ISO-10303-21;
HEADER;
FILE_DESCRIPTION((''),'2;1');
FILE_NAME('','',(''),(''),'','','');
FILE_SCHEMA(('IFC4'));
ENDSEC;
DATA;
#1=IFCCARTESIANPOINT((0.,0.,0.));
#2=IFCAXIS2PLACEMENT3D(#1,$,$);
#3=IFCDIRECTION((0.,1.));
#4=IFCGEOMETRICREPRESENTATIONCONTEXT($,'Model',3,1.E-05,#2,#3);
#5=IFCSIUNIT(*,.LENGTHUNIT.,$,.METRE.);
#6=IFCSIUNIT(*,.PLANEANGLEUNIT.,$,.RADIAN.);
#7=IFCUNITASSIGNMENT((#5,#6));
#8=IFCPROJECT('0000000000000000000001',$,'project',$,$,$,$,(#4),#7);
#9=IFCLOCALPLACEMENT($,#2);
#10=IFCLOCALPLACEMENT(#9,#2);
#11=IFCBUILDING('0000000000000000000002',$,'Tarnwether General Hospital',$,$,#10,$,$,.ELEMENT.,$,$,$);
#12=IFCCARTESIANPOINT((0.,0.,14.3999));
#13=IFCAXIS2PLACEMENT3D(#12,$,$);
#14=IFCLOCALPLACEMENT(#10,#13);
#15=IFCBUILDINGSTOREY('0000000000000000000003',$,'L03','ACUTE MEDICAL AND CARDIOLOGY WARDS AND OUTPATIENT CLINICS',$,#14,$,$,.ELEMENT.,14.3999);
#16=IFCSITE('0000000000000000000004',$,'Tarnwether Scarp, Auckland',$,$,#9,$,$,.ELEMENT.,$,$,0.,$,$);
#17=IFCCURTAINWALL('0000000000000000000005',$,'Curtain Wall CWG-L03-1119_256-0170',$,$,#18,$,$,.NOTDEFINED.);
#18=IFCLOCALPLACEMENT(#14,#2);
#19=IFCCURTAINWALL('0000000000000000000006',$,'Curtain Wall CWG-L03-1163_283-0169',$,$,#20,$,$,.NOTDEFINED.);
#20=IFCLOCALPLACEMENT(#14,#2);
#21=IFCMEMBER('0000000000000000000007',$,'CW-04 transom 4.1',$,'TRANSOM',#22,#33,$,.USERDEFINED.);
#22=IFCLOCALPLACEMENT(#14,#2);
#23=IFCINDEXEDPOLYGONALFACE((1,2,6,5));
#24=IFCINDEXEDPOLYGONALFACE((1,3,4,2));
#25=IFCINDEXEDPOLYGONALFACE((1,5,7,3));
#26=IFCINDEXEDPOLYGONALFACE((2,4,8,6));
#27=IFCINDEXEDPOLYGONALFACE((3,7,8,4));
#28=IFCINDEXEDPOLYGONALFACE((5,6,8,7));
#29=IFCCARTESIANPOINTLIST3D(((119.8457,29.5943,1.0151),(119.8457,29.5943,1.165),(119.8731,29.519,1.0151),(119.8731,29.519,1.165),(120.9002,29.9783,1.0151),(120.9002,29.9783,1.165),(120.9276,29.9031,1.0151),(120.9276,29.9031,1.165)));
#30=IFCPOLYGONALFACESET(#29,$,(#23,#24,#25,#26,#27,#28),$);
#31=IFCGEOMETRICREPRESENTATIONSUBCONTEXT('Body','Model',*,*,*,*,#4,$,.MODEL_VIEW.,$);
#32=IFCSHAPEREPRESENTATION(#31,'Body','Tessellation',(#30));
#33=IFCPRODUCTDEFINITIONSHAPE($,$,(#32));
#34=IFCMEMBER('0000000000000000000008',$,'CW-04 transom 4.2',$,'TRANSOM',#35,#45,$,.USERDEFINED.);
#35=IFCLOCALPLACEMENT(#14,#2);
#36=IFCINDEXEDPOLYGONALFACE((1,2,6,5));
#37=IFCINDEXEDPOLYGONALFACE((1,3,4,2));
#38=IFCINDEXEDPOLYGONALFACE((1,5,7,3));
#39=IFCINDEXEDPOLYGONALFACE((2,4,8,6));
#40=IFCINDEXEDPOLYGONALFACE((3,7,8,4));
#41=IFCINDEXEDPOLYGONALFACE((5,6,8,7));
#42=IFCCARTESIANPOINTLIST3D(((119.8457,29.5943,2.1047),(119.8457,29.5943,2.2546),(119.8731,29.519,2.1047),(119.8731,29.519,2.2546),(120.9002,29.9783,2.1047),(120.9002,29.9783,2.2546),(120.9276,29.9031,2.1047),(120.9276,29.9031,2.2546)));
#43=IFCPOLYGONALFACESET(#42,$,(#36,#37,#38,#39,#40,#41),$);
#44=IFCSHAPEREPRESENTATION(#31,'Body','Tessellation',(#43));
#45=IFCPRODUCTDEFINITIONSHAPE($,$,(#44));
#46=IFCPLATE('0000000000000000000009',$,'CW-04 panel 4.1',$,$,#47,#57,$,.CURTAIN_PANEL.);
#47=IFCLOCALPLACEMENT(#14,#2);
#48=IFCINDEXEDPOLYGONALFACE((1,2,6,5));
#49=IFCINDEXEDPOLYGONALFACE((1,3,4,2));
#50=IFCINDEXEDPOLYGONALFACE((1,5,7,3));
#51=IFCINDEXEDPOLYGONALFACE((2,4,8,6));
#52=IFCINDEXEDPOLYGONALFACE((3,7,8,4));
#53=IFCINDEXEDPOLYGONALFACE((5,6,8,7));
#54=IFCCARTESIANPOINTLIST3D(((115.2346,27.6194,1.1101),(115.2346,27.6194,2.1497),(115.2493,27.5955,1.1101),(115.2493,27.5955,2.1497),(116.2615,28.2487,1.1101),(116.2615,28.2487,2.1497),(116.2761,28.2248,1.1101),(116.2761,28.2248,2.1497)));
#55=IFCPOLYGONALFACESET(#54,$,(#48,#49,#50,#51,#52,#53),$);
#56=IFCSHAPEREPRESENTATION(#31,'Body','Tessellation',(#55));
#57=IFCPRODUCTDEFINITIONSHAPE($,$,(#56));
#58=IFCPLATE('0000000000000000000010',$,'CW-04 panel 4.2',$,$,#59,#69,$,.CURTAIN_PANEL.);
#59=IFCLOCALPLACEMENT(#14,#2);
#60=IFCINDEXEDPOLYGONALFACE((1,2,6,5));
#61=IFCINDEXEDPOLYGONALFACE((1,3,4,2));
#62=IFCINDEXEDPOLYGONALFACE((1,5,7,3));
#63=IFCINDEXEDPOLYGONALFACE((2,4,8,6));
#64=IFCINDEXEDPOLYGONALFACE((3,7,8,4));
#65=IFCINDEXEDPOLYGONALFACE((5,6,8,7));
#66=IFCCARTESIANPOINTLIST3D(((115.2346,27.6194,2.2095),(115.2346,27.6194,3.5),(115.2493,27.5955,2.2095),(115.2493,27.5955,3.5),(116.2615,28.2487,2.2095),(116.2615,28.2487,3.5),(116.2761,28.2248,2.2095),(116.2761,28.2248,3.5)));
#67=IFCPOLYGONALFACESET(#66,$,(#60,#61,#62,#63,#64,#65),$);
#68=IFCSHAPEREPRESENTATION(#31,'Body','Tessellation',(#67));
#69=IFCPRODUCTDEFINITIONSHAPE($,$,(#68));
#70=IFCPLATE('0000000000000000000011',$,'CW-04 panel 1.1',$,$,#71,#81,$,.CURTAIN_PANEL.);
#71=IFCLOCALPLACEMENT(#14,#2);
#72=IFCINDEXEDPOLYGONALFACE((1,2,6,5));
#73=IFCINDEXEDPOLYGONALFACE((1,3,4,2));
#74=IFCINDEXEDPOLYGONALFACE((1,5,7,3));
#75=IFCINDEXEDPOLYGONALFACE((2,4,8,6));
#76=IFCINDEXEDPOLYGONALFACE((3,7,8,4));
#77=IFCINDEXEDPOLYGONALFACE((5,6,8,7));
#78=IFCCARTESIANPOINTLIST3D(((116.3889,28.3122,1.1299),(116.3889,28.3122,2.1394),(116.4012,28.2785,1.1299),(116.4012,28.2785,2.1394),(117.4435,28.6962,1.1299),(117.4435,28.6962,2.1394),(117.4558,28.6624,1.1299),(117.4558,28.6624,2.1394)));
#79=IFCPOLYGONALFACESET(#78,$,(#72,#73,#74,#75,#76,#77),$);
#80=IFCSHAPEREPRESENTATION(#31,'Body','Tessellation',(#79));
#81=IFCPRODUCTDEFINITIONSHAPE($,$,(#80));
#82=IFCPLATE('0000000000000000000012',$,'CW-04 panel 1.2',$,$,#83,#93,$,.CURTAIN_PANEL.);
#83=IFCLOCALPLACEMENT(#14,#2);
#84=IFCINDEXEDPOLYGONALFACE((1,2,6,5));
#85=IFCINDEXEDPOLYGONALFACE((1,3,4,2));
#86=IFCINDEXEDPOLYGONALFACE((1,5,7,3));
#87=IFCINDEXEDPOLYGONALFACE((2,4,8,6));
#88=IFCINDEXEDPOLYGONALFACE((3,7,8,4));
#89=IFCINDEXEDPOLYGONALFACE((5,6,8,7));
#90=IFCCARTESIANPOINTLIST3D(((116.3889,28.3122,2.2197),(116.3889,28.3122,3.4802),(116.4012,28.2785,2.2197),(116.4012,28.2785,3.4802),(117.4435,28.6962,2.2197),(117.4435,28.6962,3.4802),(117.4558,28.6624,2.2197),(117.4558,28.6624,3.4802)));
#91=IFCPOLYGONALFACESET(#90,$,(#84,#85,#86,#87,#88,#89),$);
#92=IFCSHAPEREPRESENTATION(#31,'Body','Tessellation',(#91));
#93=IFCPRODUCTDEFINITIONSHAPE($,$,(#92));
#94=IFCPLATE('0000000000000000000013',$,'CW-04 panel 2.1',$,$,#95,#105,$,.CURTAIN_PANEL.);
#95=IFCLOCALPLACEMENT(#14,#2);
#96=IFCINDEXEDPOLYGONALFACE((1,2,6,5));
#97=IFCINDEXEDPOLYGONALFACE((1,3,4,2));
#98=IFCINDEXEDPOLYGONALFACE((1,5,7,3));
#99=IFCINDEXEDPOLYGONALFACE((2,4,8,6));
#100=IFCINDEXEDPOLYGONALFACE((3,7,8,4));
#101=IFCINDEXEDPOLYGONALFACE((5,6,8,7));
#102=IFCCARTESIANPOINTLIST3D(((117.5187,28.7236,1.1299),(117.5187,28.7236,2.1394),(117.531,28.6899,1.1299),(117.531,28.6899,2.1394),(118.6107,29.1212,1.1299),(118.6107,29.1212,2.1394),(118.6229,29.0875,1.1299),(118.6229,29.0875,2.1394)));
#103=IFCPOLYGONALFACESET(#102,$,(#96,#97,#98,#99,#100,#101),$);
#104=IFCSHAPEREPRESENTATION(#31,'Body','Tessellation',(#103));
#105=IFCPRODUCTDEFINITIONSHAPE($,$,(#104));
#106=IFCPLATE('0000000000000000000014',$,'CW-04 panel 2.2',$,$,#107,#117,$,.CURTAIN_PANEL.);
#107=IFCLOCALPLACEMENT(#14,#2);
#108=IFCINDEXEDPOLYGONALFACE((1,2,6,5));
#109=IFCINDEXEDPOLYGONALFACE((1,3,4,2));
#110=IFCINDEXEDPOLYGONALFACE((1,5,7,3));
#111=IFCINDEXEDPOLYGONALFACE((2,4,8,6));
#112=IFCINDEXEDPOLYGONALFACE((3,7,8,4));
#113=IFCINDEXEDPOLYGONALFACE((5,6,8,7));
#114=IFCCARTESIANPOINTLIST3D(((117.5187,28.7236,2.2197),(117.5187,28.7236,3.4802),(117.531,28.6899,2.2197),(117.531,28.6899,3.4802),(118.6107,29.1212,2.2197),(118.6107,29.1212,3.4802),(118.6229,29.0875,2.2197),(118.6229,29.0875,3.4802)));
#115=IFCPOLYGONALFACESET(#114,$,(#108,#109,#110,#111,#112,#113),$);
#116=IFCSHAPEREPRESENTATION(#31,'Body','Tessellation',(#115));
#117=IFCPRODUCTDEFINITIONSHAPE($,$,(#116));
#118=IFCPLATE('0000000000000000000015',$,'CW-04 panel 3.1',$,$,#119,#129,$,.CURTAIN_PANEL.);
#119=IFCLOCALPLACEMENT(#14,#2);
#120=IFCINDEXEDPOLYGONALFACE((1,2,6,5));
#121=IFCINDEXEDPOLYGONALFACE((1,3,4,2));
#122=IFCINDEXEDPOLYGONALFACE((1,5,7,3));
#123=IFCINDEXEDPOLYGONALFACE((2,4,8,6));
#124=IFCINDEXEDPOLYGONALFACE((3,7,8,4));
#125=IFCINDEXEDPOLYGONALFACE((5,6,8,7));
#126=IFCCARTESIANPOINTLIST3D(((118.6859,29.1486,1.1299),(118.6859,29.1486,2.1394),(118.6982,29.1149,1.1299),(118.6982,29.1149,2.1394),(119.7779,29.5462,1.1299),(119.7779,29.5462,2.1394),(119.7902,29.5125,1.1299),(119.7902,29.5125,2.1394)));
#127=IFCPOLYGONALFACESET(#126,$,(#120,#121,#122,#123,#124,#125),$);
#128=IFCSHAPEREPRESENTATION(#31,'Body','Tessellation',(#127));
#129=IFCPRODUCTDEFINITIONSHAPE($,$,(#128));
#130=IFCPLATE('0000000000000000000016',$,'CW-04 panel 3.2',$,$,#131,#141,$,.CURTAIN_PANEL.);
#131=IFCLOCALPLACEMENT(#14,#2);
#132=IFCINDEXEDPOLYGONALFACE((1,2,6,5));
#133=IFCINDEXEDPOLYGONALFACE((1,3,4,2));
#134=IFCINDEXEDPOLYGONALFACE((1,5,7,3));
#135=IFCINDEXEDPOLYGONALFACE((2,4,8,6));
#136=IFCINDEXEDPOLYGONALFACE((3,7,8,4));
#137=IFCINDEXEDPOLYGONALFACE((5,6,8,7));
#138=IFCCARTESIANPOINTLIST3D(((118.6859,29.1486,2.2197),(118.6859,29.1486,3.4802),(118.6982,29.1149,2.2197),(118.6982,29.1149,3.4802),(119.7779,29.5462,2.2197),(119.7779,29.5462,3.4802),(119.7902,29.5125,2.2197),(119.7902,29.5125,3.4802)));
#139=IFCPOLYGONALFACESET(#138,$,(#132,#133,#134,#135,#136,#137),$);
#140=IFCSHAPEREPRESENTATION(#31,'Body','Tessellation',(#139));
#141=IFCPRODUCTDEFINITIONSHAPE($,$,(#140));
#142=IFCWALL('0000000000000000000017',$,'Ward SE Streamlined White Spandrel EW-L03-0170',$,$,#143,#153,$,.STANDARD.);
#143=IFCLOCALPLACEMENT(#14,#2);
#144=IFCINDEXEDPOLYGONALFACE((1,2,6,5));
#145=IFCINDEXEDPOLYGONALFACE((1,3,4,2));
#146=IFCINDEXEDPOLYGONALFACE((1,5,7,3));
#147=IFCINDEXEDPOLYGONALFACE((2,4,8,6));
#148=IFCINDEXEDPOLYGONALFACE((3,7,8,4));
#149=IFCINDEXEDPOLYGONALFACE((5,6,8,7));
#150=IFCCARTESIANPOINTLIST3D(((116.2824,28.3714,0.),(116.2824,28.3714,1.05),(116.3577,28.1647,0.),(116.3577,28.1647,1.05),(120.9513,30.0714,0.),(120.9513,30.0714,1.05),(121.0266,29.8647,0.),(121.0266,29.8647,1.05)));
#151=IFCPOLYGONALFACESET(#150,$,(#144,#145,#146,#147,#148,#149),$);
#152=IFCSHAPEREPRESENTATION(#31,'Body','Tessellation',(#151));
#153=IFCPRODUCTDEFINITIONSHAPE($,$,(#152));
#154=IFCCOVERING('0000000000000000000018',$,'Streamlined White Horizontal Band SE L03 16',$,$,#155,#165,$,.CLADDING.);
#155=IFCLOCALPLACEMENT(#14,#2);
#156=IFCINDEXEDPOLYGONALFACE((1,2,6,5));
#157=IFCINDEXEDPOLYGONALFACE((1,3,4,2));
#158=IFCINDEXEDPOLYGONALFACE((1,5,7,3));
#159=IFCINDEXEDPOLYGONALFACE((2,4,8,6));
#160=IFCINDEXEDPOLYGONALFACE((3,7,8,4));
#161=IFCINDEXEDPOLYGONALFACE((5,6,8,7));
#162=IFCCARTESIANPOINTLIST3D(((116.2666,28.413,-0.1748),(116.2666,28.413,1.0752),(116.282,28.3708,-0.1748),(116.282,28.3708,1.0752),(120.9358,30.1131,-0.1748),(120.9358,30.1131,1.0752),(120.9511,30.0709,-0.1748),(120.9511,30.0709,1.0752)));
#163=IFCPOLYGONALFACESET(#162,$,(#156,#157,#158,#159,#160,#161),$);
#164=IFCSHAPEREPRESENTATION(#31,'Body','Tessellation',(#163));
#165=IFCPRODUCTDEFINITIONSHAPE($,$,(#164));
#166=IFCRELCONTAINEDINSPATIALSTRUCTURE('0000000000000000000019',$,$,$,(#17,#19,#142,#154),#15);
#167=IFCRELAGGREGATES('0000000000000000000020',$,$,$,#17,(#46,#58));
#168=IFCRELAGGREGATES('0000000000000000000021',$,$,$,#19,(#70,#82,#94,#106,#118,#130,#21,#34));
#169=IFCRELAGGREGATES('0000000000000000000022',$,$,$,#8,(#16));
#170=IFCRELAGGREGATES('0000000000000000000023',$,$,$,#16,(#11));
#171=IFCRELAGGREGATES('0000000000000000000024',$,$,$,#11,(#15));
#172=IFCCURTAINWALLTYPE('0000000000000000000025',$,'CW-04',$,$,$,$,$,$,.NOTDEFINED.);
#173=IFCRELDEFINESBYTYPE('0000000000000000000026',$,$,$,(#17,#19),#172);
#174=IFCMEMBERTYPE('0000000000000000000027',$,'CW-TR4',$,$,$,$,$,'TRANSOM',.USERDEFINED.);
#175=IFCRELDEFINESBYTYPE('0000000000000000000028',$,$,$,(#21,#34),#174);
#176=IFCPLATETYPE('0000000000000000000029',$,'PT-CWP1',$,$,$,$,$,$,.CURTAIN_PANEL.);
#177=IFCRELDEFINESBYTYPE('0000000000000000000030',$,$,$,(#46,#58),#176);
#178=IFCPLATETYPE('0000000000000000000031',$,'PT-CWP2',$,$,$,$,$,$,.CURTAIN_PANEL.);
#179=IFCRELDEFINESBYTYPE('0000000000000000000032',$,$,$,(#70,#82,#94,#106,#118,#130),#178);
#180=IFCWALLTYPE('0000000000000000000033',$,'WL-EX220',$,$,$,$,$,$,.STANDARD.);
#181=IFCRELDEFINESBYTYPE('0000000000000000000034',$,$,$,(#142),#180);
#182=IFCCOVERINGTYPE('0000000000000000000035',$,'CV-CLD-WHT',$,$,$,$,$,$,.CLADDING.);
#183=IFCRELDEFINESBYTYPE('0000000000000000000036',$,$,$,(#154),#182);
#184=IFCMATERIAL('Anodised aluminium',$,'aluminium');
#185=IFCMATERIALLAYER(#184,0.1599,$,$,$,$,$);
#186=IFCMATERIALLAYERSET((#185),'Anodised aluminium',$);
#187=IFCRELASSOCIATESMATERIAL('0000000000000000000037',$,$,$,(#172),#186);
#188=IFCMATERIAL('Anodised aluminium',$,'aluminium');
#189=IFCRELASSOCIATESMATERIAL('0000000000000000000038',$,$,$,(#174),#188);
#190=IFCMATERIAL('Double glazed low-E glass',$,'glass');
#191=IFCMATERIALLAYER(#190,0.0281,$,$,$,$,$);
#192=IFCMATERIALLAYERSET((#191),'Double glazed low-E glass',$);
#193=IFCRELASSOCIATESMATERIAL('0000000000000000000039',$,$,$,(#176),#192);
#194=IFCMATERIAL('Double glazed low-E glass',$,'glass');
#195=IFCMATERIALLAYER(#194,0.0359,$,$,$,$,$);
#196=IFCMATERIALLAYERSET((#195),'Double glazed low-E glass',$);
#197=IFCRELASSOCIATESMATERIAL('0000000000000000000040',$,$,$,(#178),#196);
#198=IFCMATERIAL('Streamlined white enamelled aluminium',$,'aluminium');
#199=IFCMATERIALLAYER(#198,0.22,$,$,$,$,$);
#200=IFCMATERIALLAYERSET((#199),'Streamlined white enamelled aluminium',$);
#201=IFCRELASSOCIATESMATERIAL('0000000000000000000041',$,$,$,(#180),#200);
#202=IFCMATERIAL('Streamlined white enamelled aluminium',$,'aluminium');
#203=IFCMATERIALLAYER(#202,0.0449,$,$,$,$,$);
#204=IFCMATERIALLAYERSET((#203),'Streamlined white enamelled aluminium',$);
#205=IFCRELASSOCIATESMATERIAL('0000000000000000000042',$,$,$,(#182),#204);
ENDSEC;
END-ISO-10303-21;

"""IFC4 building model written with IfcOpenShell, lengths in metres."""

from ifc_helpers import new_model, si_unit, direction, frame, frame_2d, origin, origin_2d, place, context, subcontext, project, spatial, rectangle, extrude, material, layer, layer_set, material_profile, profile_set, type_object, element, aggregate, save


model = new_model("IFC4")

# Units and contexts
model_context = context("Model", 3, precision=1e-05, world=origin(), true_north=direction((0.0, 1.0)))
body_context = subcontext(model_context, "Body", "Model", "MODEL_VIEW")
ifc_project = project(units=[si_unit("LENGTHUNIT", "METRE"), si_unit("PLANEANGLEUNIT", "RADIAN")], contexts=[model_context])

# Site, building, storey
site_placement = place(None, origin())
site = spatial("IfcSite", under=ifc_project, at=site_placement, Name="Tarnwether Scarp, Auckland", CompositionType="ELEMENT", RefElevation=0.0)
building_placement = place(site_placement, origin())
building = spatial("IfcBuilding", under=site, at=building_placement, Name="Tarnwether General Hospital", CompositionType="ELEMENT")
storey_placement = place(building_placement, frame((0.0, 0.0, 14.3999)))
storey = spatial("IfcBuildingStorey", under=building, at=storey_placement, Name="L03", Description="ACUTE MEDICAL AND CARDIOLOGY WARDS AND OUTPATIENT CLINICS", CompositionType="ELEMENT", Elevation=14.3999)

# Curtain wall
ifc_material_1 = material(Name="Anodised aluminium", Category="aluminium")
ifc_layer_1 = layer(ifc_material_1, 0.1599)
ifc_layer_set_1 = layer_set([ifc_layer_1], Name="Anodised aluminium")
curtain_wall_type = type_object("IfcCurtainWallType", Name="CW-04", PredefinedType="NOTDEFINED", material=ifc_layer_set_1)
curtain_wall_1_placement = place(storey_placement, origin())
curtain_wall_1 = element("IfcCurtainWall", 1, at=curtain_wall_1_placement, inside=storey, type_object=curtain_wall_type, Name="Curtain Wall CWG-L03-1119_256-0170", PredefinedType="NOTDEFINED")

# Curtain wall, members
curtain_wall_2_placement = place(storey_placement, origin())
curtain_wall_2 = element("IfcCurtainWall", 2, at=curtain_wall_2_placement, inside=storey, type_object=curtain_wall_type, Name="Curtain Wall CWG-L03-1163_283-0169", PredefinedType="NOTDEFINED")
ifc_material_2 = material(Name="Anodised aluminium", Category="aluminium")
ifc_material_profile_1 = material_profile(ifc_material_2, rectangle(XDim=0.0801, YDim=0.1499, at=origin_2d()), Name="ALU-TRN-80x150")
ifc_profile_set_1 = profile_set([ifc_material_profile_1], Name="Anodised aluminium")
member_type_1 = type_object("IfcMemberType", Name="CW-TR4", ElementType="TRANSOM", PredefinedType="USERDEFINED", material=ifc_profile_set_1)
member_1_placement = place(storey_placement, frame((119.8594, 29.5566, 1.0901), z_axis=(0.939622, 0.342215, 0.0), x_axis=(-0.342215, 0.939622, 0.0)))
member_1 = element("IfcMember", 3, at=member_1_placement, type_object=member_type_1, Name="CW-04 transom 4.1", ObjectType="TRANSOM", PredefinedType="USERDEFINED", context=body_context, shape_type="SweptSolid", body=[
    extrude(rectangle(XDim=0.0801, YDim=0.1499, at=origin_2d()), origin(), (0.0, 0.0, 1.0), 1.1223),
])
member_2_placement = place(storey_placement, frame((119.8594, 29.5566, 2.1797), z_axis=(0.939622, 0.342215, 0.0), x_axis=(-0.342215, 0.939622, 0.0)))
member_2 = element("IfcMember", 4, at=member_2_placement, type_object=member_type_1, Name="CW-04 transom 4.2", ObjectType="TRANSOM", PredefinedType="USERDEFINED", context=body_context, shape_type="SweptSolid", body=[
    extrude(rectangle(XDim=0.0801, YDim=0.1499, at=origin_2d()), origin(), (0.0, 0.0, 1.0), 1.1223),
])

# Plates
ifc_material_3 = material(Name="Double glazed low-E glass", Category="glass")
ifc_layer_2 = layer(ifc_material_3, 0.0281)
ifc_layer_set_2 = layer_set([ifc_layer_2], Name="Double glazed low-E glass")
plate_type_1 = type_object("IfcPlateType", Name="PT-CWP1", PredefinedType="CURTAIN_PANEL", material=ifc_layer_set_2)
plate_1_placement = place(storey_placement, frame((115.7554, 27.9221, 1.1101), z_axis=(0.0, 0.0, 1.0), x_axis=(0.852632, 0.522512, 0.0)))
plate_1 = element("IfcPlate", 5, at=plate_1_placement, type_object=plate_type_1, Name="CW-04 panel 4.1", PredefinedType="CURTAIN_PANEL", context=body_context, shape_type="SweptSolid", body=[
    extrude(rectangle(XDim=1.2043, YDim=0.0281, at=origin_2d()), origin(), (0.0, 0.0, 1.0), 1.0396),
])
plate_2_placement = place(storey_placement, frame((115.7554, 27.9221, 2.2095), z_axis=(0.0, 0.0, 1.0), x_axis=(0.852632, 0.522512, 0.0)))
plate_2 = element("IfcPlate", 6, at=plate_2_placement, type_object=plate_type_1, Name="CW-04 panel 4.2", PredefinedType="CURTAIN_PANEL", context=body_context, shape_type="SweptSolid", body=[
    extrude(rectangle(XDim=1.2043, YDim=0.0281, at=origin_2d()), origin(), (0.0, 0.0, 1.0), 1.2905),
])
aggregate(curtain_wall_1, [plate_1, plate_2])
ifc_material_4 = material(Name="Double glazed low-E glass", Category="glass")
ifc_layer_3 = layer(ifc_material_4, 0.0359)
ifc_layer_set_3 = layer_set([ifc_layer_3], Name="Double glazed low-E glass")
plate_type_2 = type_object("IfcPlateType", Name="PT-CWP2", PredefinedType="CURTAIN_PANEL", material=ifc_layer_set_3)
plate_3_placement = place(storey_placement, frame((116.9224, 28.4873, 1.1299), z_axis=(0.0, 0.0, 1.0), x_axis=(0.939652, 0.342131, 0.0)))
plate_3 = element("IfcPlate", 7, at=plate_3_placement, type_object=plate_type_2, Name="CW-04 panel 1.1", PredefinedType="CURTAIN_PANEL", context=body_context, shape_type="SweptSolid", body=[
    extrude(rectangle(XDim=1.1223, YDim=0.0359, at=origin_2d()), origin(), (0.0, 0.0, 1.0), 1.0095),
])
plate_4_placement = place(storey_placement, frame((116.9224, 28.4873, 2.2197), z_axis=(0.0, 0.0, 1.0), x_axis=(0.939652, 0.342131, 0.0)))
plate_4 = element("IfcPlate", 8, at=plate_4_placement, type_object=plate_type_2, Name="CW-04 panel 1.2", PredefinedType="CURTAIN_PANEL", context=body_context, shape_type="SweptSolid", body=[
    extrude(rectangle(XDim=1.1223, YDim=0.0359, at=origin_2d()), origin(), (0.0, 0.0, 1.0), 1.2605),
])
plate_5_placement = place(storey_placement, frame((118.0708, 28.9055, 1.1299), z_axis=(0.0, 0.0, 1.0), x_axis=(0.939652, 0.342131, 0.0)))
plate_5 = element("IfcPlate", 9, at=plate_5_placement, type_object=plate_type_2, Name="CW-04 panel 2.1", PredefinedType="CURTAIN_PANEL", context=body_context, shape_type="SweptSolid", body=[
    extrude(rectangle(XDim=1.1621, YDim=0.0359, at=origin_2d()), origin(), (0.0, 0.0, 1.0), 1.0095),
])
plate_6_placement = place(storey_placement, frame((118.0708, 28.9055, 2.2197), z_axis=(0.0, 0.0, 1.0), x_axis=(0.939652, 0.342131, 0.0)))
plate_6 = element("IfcPlate", 10, at=plate_6_placement, type_object=plate_type_2, Name="CW-04 panel 2.2", PredefinedType="CURTAIN_PANEL", context=body_context, shape_type="SweptSolid", body=[
    extrude(rectangle(XDim=1.1621, YDim=0.0359, at=origin_2d()), origin(), (0.0, 0.0, 1.0), 1.2605),
])
plate_7_placement = place(storey_placement, frame((119.238, 29.3306, 1.1299), z_axis=(0.0, 0.0, 1.0), x_axis=(0.939652, 0.342131, 0.0)))
plate_7 = element("IfcPlate", 11, at=plate_7_placement, type_object=plate_type_2, Name="CW-04 panel 3.1", PredefinedType="CURTAIN_PANEL", context=body_context, shape_type="SweptSolid", body=[
    extrude(rectangle(XDim=1.1621, YDim=0.0359, at=origin_2d()), origin(), (0.0, 0.0, 1.0), 1.0095),
])
plate_8_placement = place(storey_placement, frame((119.238, 29.3306, 2.2197), z_axis=(0.0, 0.0, 1.0), x_axis=(0.939652, 0.342131, 0.0)))
plate_8 = element("IfcPlate", 12, at=plate_8_placement, type_object=plate_type_2, Name="CW-04 panel 3.2", PredefinedType="CURTAIN_PANEL", context=body_context, shape_type="SweptSolid", body=[
    extrude(rectangle(XDim=1.1621, YDim=0.0359, at=origin_2d()), origin(), (0.0, 0.0, 1.0), 1.2605),
])
aggregate(curtain_wall_2, [plate_3, plate_4, plate_5, plate_6, plate_7, plate_8, member_1, member_2])

# Wall
ifc_material_5 = material(Name="Streamlined white enamelled aluminium", Category="aluminium")
ifc_layer_4 = layer(ifc_material_5, 0.22)
ifc_layer_set_4 = layer_set([ifc_layer_4], Name="Streamlined white enamelled aluminium")
wall_type = type_object("IfcWallType", Name="WL-EX220", PredefinedType="STANDARD", material=ifc_layer_set_4)
wall_placement = place(storey_placement, frame((116.3201, 28.2681, 0.0), z_axis=(0.0, 0.0, 1.0), x_axis=(0.939654, 0.342126, 0.0)))
element("IfcWall", 13, at=wall_placement, inside=storey, type_object=wall_type, Name="Ward SE Streamlined White Spandrel EW-L03-0170", PredefinedType="STANDARD", context=body_context, shape_type="SweptSolid", body=[
    extrude(rectangle(XDim=4.9688, YDim=0.22, at=frame_2d((2.4844, 0.0))), origin(), (0.0, 0.0, 1.0), 1.05),
])

# Covering
ifc_material_6 = material(Name="Streamlined white enamelled aluminium", Category="aluminium")
ifc_layer_5 = layer(ifc_material_6, 0.0449)
ifc_layer_set_5 = layer_set([ifc_layer_5], Name="Streamlined white enamelled aluminium")
covering_type = type_object("IfcCoveringType", Name="CV-CLD-WHT", PredefinedType="CLADDING", material=ifc_layer_set_5)
covering_placement = place(storey_placement, frame((118.6089, 29.2419, -0.1748), z_axis=(0.0, 0.0, 1.0), x_axis=(0.939651, 0.342135, 0.0)))
element("IfcCovering", 14, at=covering_placement, inside=storey, type_object=covering_type, Name="Streamlined White Horizontal Band SE L03 16", PredefinedType="CLADDING", context=body_context, shape_type="SweptSolid", body=[
    extrude(rectangle(XDim=4.969, YDim=0.0449, at=origin_2d()), origin(), (0.0, 0.0, 1.0), 1.25),
])

save(model, "model.ifc")
